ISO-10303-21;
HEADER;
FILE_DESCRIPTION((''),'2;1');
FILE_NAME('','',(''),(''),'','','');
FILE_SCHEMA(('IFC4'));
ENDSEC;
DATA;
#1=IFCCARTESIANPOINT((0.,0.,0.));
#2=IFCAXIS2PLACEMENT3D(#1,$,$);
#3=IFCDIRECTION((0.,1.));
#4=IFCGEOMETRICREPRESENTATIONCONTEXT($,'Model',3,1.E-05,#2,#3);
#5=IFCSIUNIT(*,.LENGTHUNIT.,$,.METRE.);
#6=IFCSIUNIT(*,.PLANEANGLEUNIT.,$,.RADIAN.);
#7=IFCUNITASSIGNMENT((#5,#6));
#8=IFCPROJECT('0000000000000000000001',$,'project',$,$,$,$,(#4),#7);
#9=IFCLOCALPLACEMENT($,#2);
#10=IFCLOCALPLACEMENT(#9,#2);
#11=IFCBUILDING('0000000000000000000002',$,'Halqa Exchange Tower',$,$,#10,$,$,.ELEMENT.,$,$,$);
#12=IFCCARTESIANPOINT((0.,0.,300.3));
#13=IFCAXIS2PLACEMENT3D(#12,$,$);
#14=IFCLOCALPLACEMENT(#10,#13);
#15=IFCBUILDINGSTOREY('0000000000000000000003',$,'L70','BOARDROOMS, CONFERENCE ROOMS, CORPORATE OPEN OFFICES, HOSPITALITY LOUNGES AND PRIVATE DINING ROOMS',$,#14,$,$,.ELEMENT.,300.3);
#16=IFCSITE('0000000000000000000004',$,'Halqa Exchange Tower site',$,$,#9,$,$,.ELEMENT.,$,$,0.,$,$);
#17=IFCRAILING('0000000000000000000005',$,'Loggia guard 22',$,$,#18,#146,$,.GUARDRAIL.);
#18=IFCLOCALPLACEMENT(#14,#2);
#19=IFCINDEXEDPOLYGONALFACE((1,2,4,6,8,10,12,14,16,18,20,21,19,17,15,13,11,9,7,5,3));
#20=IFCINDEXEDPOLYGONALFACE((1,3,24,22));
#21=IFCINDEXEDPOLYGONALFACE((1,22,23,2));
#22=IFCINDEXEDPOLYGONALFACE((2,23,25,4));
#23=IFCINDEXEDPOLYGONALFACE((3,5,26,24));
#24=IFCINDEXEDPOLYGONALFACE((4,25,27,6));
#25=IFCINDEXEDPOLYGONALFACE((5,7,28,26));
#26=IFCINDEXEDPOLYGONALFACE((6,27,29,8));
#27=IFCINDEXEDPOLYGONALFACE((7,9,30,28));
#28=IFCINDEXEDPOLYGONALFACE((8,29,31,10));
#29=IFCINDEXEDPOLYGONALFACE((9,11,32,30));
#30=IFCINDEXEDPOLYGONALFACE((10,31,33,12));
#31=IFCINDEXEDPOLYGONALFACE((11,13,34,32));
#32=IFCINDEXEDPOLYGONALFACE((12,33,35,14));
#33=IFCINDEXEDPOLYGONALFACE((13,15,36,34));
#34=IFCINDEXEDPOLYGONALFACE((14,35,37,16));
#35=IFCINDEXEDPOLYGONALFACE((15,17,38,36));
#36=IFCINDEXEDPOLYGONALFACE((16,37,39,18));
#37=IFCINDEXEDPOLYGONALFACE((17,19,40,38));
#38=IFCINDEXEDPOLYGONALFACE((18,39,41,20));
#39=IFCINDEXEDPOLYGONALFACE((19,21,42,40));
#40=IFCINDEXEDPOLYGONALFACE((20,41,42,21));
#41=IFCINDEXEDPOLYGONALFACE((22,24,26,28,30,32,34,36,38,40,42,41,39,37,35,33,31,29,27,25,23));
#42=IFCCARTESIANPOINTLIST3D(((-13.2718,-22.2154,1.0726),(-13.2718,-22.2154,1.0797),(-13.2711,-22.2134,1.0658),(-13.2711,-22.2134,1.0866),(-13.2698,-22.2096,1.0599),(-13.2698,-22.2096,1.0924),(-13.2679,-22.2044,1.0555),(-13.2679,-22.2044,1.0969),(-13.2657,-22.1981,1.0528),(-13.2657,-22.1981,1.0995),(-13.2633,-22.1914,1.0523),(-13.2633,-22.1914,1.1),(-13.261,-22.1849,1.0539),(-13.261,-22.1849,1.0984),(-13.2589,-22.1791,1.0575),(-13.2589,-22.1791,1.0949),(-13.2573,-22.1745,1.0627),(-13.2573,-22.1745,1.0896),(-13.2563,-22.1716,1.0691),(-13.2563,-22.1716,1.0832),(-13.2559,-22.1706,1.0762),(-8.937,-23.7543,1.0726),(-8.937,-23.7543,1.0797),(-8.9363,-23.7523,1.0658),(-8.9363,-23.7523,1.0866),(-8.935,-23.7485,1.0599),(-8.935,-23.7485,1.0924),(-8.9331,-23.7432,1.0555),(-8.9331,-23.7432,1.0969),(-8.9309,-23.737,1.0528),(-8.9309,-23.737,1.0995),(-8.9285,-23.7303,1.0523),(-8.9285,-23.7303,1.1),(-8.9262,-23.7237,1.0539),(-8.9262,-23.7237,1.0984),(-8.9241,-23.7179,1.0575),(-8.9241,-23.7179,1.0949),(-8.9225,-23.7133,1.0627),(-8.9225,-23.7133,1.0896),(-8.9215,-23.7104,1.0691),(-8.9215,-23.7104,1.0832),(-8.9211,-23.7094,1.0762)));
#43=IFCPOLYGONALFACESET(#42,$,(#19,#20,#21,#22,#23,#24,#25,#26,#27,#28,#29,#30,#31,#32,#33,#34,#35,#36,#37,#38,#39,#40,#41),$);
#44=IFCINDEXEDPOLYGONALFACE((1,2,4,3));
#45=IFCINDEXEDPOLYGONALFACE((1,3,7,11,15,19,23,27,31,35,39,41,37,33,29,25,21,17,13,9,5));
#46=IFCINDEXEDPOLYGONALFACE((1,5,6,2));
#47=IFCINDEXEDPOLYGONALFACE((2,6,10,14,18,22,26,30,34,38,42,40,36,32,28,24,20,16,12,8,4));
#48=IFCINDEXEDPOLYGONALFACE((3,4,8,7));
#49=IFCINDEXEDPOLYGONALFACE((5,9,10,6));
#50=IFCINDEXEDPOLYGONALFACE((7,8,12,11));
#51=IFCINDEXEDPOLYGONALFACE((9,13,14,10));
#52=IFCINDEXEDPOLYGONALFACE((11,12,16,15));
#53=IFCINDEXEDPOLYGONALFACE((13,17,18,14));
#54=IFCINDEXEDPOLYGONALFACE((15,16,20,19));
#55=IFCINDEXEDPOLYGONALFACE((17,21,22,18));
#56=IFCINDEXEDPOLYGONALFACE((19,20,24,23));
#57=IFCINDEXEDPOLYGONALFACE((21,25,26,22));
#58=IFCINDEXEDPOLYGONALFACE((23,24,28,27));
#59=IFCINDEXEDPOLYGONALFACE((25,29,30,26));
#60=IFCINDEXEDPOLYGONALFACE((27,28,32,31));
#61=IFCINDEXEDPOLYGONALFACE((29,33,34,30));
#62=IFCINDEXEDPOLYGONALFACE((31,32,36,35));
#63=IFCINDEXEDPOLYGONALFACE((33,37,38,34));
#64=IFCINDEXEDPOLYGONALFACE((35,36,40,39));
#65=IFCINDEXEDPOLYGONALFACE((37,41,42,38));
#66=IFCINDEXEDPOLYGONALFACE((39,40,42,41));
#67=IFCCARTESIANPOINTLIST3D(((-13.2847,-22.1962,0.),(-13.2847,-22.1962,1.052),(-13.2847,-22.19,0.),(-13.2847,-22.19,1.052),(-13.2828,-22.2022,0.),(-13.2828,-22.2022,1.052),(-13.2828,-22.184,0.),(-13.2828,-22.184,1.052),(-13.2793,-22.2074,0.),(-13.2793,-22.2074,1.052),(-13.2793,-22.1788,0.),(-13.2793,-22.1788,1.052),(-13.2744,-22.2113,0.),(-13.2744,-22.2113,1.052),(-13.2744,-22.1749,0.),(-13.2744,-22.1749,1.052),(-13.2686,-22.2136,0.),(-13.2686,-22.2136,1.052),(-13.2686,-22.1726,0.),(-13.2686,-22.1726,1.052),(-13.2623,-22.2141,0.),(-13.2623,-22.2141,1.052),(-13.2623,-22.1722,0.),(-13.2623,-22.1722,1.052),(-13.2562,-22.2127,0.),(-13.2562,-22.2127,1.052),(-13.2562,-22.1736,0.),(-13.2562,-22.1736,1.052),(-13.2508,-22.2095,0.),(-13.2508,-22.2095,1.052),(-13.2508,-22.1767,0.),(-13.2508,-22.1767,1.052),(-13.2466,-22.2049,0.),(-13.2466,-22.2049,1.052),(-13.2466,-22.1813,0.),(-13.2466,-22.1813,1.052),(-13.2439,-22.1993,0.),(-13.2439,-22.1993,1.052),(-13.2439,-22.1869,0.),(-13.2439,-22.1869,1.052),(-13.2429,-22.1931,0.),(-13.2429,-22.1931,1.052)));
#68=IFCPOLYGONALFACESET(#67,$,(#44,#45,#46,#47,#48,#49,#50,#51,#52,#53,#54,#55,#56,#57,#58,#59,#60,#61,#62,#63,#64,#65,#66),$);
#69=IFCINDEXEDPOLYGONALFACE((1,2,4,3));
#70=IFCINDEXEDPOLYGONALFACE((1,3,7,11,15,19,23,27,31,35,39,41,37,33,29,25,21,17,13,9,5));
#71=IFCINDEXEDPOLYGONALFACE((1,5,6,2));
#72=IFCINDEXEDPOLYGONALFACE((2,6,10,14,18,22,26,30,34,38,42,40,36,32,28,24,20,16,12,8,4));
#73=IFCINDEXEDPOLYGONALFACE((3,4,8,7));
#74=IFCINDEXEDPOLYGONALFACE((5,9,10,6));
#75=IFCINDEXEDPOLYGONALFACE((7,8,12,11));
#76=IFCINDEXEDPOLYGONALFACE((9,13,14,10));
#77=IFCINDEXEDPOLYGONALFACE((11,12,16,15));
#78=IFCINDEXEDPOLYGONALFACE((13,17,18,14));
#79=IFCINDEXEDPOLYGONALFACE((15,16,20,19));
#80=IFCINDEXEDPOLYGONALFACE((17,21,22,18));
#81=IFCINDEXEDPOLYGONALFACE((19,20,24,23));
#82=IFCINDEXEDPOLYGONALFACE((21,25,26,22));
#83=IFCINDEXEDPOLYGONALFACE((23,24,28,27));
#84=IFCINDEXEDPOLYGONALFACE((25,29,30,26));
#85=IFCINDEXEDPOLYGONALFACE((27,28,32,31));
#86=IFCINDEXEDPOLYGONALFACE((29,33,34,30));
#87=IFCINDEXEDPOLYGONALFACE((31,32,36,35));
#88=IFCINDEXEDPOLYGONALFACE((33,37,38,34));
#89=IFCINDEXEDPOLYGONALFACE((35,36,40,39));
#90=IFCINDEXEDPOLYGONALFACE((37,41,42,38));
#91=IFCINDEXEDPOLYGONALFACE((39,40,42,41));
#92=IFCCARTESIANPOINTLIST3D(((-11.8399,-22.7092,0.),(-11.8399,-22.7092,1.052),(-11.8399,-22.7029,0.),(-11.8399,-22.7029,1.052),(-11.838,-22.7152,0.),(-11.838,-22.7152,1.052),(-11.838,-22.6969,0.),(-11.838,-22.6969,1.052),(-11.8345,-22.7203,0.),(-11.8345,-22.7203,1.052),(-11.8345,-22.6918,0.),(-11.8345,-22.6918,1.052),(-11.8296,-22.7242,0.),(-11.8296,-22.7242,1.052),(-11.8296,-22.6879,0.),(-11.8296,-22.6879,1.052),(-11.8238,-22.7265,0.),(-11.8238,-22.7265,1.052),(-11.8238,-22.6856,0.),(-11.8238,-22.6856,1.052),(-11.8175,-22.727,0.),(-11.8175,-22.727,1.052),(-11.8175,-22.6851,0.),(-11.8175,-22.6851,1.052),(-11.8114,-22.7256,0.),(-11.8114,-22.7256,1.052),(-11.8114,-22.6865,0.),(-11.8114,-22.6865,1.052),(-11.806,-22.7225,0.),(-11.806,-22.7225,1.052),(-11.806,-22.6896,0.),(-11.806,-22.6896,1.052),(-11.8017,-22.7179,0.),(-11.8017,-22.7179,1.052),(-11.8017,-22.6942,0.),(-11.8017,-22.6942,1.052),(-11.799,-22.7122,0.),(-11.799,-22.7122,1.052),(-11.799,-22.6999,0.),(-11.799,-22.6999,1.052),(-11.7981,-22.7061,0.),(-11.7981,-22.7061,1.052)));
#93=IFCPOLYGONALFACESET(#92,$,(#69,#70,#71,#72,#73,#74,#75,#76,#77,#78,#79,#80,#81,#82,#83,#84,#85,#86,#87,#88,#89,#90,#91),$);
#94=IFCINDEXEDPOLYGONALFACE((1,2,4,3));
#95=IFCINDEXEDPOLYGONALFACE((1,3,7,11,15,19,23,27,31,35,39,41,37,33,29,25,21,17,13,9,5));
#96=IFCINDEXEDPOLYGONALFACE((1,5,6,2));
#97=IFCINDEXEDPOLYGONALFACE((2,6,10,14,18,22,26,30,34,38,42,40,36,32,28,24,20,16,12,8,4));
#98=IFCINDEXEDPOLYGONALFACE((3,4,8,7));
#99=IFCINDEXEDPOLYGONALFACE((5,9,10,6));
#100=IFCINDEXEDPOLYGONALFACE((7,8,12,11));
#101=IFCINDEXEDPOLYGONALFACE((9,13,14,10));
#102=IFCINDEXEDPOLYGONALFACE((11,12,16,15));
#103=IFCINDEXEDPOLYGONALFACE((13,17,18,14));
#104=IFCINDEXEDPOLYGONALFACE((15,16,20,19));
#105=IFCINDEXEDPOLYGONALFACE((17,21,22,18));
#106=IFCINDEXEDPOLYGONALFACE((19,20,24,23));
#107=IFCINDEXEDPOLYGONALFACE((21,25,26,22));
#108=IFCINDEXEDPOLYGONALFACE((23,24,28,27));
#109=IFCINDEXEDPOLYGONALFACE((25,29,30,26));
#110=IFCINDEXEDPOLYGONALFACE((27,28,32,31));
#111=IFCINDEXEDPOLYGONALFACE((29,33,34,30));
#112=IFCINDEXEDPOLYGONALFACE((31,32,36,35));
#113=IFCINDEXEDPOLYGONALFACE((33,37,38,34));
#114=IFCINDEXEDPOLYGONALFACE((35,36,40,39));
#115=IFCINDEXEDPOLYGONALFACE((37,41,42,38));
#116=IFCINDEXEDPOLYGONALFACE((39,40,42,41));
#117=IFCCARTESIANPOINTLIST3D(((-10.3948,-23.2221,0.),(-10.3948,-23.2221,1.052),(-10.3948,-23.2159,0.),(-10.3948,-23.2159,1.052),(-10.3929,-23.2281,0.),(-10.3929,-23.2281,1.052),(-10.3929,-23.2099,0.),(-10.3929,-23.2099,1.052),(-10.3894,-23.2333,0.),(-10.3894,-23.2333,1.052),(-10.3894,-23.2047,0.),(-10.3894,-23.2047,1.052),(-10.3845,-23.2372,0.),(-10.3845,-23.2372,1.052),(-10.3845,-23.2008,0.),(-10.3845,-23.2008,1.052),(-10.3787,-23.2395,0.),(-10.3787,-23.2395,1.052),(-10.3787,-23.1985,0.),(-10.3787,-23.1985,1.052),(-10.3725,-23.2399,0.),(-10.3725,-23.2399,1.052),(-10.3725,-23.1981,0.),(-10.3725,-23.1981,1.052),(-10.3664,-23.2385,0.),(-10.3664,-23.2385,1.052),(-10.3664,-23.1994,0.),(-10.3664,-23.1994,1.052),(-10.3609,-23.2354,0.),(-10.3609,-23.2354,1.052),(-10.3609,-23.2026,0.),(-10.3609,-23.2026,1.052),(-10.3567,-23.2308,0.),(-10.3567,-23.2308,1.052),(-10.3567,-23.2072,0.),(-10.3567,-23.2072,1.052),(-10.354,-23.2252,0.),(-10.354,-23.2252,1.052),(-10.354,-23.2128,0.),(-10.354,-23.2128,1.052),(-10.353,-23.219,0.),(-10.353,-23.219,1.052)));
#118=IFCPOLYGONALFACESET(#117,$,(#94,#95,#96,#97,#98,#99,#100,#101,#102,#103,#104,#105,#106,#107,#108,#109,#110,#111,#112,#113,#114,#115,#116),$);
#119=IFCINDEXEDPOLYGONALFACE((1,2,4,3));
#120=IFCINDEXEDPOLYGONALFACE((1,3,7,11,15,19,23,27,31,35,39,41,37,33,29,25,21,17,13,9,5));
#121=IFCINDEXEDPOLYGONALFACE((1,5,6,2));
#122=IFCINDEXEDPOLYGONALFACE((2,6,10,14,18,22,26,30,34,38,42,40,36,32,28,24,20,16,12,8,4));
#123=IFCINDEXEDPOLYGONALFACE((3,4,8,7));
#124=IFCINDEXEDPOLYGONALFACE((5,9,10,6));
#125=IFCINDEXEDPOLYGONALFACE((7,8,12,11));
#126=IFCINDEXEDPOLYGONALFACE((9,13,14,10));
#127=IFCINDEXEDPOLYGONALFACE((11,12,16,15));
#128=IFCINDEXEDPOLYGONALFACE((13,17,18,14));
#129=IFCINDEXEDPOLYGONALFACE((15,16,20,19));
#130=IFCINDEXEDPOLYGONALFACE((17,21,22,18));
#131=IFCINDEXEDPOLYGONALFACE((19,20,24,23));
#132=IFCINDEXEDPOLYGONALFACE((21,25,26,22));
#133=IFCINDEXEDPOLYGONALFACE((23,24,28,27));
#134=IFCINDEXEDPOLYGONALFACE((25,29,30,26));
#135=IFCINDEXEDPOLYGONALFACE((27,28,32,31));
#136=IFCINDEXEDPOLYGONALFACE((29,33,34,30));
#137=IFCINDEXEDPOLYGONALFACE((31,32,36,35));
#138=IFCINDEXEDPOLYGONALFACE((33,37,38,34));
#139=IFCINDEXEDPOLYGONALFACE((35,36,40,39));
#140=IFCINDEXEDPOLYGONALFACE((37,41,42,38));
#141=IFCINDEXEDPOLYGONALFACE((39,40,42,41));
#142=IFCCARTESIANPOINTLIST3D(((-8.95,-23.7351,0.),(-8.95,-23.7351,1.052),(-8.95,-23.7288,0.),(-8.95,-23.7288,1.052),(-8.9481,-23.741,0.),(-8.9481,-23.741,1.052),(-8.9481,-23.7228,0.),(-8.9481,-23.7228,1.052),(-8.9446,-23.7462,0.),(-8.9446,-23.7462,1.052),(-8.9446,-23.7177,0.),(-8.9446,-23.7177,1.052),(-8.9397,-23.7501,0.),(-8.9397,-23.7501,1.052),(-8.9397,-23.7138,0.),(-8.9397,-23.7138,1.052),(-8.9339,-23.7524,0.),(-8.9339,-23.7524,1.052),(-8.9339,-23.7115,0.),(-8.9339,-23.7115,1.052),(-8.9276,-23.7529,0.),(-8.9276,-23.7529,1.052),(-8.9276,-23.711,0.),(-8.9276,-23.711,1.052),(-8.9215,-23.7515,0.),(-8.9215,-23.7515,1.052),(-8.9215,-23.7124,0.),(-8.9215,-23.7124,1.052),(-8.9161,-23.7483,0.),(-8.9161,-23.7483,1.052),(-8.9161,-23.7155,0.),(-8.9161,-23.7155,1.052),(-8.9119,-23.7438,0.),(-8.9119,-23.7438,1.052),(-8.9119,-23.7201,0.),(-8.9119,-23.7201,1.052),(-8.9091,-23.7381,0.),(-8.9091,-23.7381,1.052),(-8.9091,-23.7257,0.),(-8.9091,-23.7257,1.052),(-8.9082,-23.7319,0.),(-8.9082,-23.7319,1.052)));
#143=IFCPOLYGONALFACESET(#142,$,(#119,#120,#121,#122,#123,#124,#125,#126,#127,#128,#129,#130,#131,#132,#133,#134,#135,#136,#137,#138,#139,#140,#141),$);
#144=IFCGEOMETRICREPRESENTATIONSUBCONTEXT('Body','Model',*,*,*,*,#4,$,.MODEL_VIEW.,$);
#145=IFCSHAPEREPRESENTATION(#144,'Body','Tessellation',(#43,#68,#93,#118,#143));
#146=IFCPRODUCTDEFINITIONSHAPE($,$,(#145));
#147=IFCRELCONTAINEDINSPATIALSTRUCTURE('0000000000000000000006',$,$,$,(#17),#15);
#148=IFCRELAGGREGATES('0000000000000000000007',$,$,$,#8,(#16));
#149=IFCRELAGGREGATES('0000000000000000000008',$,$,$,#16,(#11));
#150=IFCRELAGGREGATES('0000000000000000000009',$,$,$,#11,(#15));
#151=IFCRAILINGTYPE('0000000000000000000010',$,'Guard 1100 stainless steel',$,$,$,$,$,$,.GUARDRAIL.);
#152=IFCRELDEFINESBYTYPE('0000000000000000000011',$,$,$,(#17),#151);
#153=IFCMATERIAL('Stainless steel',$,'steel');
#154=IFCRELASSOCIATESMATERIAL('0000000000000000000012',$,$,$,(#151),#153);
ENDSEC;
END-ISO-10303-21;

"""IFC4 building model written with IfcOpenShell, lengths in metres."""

from ifc_helpers import new_model, si_unit, direction, frame, origin, origin_2d, place, context, subcontext, project, spatial, circle, extrude, material, type_object, element, save


model = new_model("IFC4")

# Units and contexts
model_context = context("Model", 3, precision=1e-05, world=origin(), true_north=direction((0.0, 1.0)))
body_context = subcontext(model_context, "Body", "Model", "MODEL_VIEW")
ifc_project = project(units=[si_unit("LENGTHUNIT", "METRE"), si_unit("PLANEANGLEUNIT", "RADIAN")], contexts=[model_context])

# Site, building, storey
site_placement = place(None, origin())
site = spatial("IfcSite", under=ifc_project, at=site_placement, Name="Halqa Exchange Tower site", CompositionType="ELEMENT", RefElevation=0.0)
building_placement = place(site_placement, origin())
building = spatial("IfcBuilding", under=site, at=building_placement, Name="Halqa Exchange Tower", CompositionType="ELEMENT")
storey_placement = place(building_placement, frame((0.0, 0.0, 300.3)))
storey = spatial("IfcBuildingStorey", under=building, at=storey_placement, Name="L70", Description="BOARDROOMS, CONFERENCE ROOMS, CORPORATE OPEN OFFICES, HOSPITALITY LOUNGES AND PRIVATE DINING ROOMS", CompositionType="ELEMENT", Elevation=300.3)

# Railing
ifc_material_1 = material(Name="Stainless steel", Category="steel")
railing_type = type_object("IfcRailingType", Name="Guard 1100 stainless steel", PredefinedType="GUARDRAIL", material=ifc_material_1)
railing_1_placement = place(storey_placement, frame((-13.2639, -22.1931, 0.0)))
element("IfcRailing", 1, at=railing_1_placement, inside=storey, type_object=railing_type, Name="Loggia guard 22", PredefinedType="GUARDRAIL", context=body_context, shape_type="SweptSolid", body=[
    extrude(circle(Radius=0.0239, at=origin_2d()), frame((0.0, 0.0, 1.0762), z_axis=(0.94238, -0.334544, 0.0), x_axis=(0.334544, 0.94238, 0.0)), (0.0, 0.0, 1.0), 4.5999),
    extrude(circle(Radius=0.021, at=origin_2d()), origin(), (0.0, 0.0, 1.0), 1.052),
    extrude(circle(Radius=0.021, at=origin_2d()), frame((1.4448, -0.5129, 0.0)), (0.0, 0.0, 1.0), 1.052),
    extrude(circle(Radius=0.021, at=origin_2d()), frame((2.8899, -1.0259, 0.0)), (0.0, 0.0, 1.0), 1.052),
    extrude(circle(Radius=0.021, at=origin_2d()), frame((4.3347, -1.5388, 0.0)), (0.0, 0.0, 1.0), 1.052),
])

save(model, "model.ifc")
